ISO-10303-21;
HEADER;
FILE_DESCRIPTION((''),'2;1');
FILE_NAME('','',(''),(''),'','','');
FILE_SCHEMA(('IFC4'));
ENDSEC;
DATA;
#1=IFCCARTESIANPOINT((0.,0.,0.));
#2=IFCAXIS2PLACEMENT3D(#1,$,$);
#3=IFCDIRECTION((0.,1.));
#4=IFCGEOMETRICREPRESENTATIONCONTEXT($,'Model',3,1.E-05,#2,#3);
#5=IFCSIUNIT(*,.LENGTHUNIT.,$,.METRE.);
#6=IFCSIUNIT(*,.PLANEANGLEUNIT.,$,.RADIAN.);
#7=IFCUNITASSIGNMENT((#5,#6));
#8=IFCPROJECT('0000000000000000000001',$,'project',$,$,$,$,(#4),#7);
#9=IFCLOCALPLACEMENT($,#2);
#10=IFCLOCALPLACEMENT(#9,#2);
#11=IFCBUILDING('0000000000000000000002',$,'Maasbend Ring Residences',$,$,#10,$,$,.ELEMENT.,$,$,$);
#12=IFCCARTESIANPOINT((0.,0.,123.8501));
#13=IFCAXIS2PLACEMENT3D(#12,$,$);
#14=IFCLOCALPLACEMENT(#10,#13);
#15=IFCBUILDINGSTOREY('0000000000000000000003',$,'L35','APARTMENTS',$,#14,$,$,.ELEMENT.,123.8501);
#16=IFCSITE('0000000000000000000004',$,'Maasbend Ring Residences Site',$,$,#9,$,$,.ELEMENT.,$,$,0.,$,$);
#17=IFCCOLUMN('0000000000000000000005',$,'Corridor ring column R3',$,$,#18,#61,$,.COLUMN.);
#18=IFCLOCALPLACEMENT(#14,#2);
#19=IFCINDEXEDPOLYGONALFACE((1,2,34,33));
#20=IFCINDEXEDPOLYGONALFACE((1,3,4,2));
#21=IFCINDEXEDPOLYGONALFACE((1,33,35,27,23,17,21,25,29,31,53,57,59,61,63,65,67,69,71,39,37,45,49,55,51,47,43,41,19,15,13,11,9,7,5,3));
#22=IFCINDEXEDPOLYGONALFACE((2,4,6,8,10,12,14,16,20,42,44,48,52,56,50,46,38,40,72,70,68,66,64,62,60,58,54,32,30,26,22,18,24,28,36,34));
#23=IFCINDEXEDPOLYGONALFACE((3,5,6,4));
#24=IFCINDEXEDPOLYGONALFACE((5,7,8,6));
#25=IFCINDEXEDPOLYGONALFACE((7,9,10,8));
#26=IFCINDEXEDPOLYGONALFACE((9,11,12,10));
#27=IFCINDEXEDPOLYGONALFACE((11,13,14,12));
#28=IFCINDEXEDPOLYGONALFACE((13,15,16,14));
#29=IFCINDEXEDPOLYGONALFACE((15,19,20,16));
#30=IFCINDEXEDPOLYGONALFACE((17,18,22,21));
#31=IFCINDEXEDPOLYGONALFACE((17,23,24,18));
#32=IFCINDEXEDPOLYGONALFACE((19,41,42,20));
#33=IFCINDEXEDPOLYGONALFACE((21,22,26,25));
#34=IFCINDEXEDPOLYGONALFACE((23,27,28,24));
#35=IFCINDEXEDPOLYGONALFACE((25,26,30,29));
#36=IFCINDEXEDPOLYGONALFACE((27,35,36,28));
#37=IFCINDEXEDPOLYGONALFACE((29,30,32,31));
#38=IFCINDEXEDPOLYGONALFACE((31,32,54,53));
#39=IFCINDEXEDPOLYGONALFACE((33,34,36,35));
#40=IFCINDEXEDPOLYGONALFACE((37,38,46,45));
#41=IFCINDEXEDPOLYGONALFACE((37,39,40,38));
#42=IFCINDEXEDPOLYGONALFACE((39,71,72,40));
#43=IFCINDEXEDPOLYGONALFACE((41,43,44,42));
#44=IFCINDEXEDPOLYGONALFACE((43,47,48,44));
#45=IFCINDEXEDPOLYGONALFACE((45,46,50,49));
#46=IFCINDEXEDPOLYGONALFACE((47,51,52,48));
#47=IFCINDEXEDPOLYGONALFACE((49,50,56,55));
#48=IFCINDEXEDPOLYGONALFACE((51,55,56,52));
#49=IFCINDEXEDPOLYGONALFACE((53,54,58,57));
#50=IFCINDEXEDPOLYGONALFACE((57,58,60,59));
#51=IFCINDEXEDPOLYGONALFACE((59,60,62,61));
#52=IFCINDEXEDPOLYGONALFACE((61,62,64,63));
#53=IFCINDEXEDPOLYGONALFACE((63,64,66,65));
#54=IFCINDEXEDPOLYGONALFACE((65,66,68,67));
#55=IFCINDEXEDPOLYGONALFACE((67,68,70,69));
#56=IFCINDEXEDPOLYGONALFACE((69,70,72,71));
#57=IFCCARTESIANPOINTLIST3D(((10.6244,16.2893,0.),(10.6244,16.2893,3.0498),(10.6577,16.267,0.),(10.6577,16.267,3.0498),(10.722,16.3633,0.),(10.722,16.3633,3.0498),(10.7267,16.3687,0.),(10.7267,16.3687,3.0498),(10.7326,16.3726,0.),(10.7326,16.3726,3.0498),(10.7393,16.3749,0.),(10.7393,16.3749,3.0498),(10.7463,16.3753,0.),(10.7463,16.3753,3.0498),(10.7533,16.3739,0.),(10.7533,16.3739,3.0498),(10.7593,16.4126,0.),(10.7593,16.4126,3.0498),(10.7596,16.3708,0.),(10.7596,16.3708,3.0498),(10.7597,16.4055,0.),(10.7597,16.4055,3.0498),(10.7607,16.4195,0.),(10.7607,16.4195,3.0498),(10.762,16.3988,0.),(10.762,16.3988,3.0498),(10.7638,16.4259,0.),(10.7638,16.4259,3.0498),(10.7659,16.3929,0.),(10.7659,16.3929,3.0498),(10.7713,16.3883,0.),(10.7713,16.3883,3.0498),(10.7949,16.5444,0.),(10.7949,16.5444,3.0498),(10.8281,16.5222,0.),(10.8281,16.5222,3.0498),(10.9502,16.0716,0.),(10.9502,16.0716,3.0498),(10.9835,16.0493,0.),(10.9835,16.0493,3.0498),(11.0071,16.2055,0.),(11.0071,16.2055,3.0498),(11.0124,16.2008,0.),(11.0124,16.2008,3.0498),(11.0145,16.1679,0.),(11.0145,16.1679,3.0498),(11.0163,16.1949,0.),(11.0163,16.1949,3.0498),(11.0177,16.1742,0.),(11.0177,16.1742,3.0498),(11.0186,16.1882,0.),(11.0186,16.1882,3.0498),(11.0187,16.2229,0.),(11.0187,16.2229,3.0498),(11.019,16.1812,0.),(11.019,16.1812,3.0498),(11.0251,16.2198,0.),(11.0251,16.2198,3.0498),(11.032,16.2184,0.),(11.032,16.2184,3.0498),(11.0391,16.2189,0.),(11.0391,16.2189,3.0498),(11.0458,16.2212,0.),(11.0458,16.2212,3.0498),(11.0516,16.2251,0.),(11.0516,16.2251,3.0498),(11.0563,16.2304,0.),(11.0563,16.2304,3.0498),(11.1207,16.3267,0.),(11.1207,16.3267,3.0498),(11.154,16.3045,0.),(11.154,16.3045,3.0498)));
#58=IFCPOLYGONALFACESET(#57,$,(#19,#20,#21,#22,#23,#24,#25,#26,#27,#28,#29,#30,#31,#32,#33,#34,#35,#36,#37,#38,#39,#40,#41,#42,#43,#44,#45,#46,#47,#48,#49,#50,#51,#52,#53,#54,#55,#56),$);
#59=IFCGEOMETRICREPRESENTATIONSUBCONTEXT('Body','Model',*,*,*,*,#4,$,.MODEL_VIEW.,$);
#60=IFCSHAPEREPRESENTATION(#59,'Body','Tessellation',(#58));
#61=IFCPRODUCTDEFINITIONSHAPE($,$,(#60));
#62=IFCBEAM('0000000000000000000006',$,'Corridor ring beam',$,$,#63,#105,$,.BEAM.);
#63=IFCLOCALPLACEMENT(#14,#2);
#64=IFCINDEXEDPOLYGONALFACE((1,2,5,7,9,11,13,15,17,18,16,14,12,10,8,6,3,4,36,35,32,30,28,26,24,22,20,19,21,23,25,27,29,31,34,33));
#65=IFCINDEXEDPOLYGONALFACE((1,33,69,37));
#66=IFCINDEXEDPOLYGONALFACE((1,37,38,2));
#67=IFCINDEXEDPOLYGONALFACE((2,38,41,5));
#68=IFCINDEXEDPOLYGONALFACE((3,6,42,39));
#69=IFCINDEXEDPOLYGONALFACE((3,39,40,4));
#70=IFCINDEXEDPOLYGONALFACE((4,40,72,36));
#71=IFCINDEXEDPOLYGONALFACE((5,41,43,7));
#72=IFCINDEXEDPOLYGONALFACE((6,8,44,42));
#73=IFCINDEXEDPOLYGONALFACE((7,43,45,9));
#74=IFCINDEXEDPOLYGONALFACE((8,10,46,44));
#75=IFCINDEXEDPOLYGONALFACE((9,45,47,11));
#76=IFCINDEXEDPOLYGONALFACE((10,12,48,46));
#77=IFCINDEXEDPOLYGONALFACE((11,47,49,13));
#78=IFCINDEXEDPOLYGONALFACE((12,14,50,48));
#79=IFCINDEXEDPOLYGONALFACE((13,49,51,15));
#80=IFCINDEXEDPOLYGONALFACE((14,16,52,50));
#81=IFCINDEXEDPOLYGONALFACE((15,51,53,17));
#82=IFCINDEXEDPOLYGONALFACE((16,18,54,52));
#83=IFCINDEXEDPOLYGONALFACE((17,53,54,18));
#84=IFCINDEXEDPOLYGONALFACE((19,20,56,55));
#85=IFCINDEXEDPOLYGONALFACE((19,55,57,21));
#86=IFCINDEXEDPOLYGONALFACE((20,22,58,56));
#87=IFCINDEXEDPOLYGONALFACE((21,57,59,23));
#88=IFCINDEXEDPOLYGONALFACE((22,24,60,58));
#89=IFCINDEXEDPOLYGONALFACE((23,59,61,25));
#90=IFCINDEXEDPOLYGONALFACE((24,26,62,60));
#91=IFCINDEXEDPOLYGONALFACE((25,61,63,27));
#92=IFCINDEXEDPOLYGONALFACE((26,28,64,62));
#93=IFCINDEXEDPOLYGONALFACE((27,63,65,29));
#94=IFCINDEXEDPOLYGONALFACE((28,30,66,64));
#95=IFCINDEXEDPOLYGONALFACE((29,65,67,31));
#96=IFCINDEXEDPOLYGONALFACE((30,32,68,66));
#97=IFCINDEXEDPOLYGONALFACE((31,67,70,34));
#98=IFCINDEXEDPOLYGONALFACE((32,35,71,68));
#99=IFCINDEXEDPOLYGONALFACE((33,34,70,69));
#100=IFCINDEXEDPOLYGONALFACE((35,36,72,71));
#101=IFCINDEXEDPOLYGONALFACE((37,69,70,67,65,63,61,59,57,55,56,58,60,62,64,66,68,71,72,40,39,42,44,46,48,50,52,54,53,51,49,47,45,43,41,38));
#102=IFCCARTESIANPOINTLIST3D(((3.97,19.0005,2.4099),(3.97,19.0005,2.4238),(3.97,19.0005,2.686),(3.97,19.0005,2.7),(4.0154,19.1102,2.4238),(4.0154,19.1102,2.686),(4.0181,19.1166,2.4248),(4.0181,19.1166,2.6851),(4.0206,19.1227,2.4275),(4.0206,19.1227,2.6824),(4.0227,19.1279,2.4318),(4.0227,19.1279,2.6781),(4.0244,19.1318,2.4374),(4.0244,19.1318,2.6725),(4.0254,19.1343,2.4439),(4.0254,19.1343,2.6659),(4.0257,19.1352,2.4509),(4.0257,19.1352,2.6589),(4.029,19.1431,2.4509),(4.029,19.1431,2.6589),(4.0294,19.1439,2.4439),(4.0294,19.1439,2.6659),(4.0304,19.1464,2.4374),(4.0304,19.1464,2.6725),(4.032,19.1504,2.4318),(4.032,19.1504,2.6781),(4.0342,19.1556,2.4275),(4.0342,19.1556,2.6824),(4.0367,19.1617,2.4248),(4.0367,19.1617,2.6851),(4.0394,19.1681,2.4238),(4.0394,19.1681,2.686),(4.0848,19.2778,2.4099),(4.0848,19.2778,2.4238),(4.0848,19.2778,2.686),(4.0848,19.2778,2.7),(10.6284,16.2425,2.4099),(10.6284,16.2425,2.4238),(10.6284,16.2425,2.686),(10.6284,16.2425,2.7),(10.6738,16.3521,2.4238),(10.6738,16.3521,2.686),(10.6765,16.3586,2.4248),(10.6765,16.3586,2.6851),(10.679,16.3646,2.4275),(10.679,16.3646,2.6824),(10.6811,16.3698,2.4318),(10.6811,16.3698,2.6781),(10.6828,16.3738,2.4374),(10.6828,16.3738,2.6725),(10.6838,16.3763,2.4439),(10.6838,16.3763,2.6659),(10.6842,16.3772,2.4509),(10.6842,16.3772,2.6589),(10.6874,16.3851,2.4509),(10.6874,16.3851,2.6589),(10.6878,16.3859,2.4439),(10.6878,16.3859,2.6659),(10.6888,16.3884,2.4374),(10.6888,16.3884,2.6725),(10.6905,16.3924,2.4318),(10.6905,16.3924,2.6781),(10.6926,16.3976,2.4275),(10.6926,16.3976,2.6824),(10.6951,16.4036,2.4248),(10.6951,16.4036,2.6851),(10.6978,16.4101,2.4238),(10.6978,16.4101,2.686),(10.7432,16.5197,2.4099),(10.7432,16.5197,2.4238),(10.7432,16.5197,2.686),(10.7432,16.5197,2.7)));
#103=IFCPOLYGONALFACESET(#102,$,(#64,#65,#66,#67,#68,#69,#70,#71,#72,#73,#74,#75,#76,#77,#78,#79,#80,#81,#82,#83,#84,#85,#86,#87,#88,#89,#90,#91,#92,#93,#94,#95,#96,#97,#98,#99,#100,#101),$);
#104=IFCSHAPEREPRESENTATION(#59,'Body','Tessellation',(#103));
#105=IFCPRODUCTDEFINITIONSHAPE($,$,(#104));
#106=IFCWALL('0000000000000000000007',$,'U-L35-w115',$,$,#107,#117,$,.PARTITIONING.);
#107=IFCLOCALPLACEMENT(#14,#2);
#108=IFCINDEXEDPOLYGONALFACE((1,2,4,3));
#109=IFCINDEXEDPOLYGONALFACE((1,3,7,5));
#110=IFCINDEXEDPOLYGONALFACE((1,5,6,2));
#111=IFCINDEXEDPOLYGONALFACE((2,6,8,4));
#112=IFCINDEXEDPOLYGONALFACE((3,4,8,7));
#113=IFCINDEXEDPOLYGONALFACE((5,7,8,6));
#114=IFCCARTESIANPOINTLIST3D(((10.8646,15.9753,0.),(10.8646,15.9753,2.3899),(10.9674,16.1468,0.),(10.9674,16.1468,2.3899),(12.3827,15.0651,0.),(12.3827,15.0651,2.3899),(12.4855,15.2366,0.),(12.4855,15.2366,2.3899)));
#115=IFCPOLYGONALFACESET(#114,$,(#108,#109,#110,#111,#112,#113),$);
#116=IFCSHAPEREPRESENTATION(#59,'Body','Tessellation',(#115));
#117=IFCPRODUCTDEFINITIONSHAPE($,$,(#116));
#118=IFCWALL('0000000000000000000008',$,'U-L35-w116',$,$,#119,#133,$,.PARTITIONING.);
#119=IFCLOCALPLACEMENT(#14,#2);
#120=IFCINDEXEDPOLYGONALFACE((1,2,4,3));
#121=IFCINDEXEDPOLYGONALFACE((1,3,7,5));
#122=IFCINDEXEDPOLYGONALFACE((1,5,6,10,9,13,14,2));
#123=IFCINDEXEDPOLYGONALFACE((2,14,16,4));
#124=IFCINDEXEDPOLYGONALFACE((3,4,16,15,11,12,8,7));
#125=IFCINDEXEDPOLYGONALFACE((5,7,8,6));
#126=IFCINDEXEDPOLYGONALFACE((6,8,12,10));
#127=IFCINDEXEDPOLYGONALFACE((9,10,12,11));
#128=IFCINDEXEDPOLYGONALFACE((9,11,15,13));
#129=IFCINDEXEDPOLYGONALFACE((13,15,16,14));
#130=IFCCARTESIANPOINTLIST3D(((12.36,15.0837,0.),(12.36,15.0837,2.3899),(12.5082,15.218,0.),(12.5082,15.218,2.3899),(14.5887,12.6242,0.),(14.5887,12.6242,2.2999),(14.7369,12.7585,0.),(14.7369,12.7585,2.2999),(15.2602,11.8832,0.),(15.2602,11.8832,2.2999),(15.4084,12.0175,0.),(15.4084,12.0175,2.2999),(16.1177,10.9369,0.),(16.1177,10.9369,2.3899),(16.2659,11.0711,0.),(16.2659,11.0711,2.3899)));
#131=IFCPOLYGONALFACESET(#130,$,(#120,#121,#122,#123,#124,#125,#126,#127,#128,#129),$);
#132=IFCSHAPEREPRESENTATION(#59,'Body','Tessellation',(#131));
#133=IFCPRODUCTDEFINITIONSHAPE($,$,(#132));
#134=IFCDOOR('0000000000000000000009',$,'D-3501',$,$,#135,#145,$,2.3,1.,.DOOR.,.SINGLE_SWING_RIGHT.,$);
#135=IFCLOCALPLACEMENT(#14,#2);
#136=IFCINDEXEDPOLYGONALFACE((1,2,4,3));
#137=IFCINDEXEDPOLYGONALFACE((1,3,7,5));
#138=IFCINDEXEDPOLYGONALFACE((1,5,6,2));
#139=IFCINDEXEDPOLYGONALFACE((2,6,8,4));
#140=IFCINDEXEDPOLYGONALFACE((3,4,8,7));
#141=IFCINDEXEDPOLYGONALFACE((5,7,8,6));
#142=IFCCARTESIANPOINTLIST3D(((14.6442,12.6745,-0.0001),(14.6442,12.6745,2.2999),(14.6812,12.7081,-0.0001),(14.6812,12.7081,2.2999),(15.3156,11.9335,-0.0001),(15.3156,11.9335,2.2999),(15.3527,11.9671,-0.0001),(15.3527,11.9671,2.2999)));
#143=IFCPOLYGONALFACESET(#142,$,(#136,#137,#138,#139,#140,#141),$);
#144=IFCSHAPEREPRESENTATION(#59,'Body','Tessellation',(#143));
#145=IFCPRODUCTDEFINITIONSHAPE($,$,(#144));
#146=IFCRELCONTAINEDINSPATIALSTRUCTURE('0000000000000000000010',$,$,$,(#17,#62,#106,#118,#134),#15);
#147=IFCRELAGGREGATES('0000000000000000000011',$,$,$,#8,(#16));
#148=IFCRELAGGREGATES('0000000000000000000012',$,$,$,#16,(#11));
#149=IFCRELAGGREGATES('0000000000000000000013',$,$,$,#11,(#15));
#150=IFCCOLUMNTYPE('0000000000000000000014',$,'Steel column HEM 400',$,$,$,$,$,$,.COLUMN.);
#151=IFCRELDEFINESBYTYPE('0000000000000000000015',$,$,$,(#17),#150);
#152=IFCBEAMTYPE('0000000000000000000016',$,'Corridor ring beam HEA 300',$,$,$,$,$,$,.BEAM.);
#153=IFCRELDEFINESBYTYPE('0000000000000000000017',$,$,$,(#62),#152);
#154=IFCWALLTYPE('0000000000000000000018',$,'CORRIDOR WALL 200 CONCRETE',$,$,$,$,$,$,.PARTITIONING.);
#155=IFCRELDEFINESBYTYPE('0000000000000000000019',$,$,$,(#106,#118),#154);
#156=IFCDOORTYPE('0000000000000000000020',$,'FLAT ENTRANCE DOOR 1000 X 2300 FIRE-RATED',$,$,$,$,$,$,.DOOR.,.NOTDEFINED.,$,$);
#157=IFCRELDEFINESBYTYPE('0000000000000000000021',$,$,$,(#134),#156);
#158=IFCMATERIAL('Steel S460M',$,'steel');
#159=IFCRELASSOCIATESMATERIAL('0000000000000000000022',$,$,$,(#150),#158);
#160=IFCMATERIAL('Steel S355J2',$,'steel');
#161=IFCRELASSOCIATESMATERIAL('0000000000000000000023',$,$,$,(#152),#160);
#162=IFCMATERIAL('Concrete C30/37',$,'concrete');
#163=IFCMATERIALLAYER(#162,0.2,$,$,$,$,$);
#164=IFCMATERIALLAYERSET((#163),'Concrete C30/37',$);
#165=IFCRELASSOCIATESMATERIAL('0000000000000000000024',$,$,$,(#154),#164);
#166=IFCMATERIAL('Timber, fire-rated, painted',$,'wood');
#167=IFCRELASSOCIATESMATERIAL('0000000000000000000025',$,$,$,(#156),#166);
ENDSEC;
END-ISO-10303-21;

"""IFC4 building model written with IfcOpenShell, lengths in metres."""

from ifc_helpers import new_model, si_unit, direction, frame, frame_2d, origin, origin_2d, place, context, subcontext, project, spatial, rectangle, i_section, extrude, material, layer, layer_set, material_profile, profile_set, type_object, element, fill, save


model = new_model("IFC4")

# Units and contexts
model_context = context("Model", 3, precision=1e-05, world=origin(), true_north=direction((0.0, 1.0)))
body_context = subcontext(model_context, "Body", "Model", "MODEL_VIEW")
ifc_project = project(units=[si_unit("LENGTHUNIT", "METRE"), si_unit("PLANEANGLEUNIT", "RADIAN")], contexts=[model_context])

# Site, building, storey
site_placement = place(None, origin())
site = spatial("IfcSite", under=ifc_project, at=site_placement, Name="Maasbend Ring Residences Site", CompositionType="ELEMENT", RefElevation=0.0)
building_placement = place(site_placement, origin())
building = spatial("IfcBuilding", under=site, at=building_placement, Name="Maasbend Ring Residences", CompositionType="ELEMENT")
storey_placement = place(building_placement, frame((0.0, 0.0, 123.8501)))
storey = spatial("IfcBuildingStorey", under=building, at=storey_placement, Name="L35", Description="APARTMENTS", CompositionType="ELEMENT", Elevation=123.8501)

# Column
ifc_material_1 = material(Name="Steel S460M", Category="steel")
ifc_material_profile_1 = material_profile(ifc_material_1, i_section(OverallWidth=0.3069, OverallDepth=0.4319, WebThickness=0.021, FlangeThickness=0.04, FilletRadius=0.0271, at=origin_2d()), Name="HEM 400")
ifc_profile_set_1 = profile_set([ifc_material_profile_1], Name="Steel S460M")
column_type = type_object("IfcColumnType", Name="Steel column HEM 400", PredefinedType="COLUMN", material=ifc_profile_set_1)
column_placement = place(storey_placement, frame((10.8892, 16.2969, 0.0), z_axis=(0.0, 0.0, 1.0), x_axis=(0.55557, 0.83147, 0.0)))
element("IfcColumn", 1, at=column_placement, inside=storey, type_object=column_type, Name="Corridor ring column R3", PredefinedType="COLUMN", context=body_context, shape_type="SweptSolid", body=[
    extrude(i_section(OverallWidth=0.3069, OverallDepth=0.4319, WebThickness=0.021, FlangeThickness=0.04, FilletRadius=0.0271, at=origin_2d()), origin(), (0.0, 0.0, 1.0), 3.0498),
])

# Beam
ifc_material_2 = material(Name="Steel S355J2", Category="steel")
ifc_material_profile_2 = material_profile(ifc_material_2, i_section(OverallWidth=0.3, OverallDepth=0.29, WebThickness=0.0085, FlangeThickness=0.0139, FilletRadius=0.0271, at=origin_2d()), Name="HEA 300")
ifc_profile_set_2 = profile_set([ifc_material_profile_2], Name="Steel S355J2")
beam_type = type_object("IfcBeamType", Name="Corridor ring beam HEA 300", PredefinedType="BEAM", material=ifc_profile_set_2)
beam_placement = place(storey_placement, frame((10.6858, 16.3811, 2.5549), z_axis=(-0.923878, 0.382688, 0.0), x_axis=(-0.382688, -0.923878, 0.0)))
element("IfcBeam", 2, at=beam_placement, inside=storey, type_object=beam_type, Name="Corridor ring beam", PredefinedType="BEAM", context=body_context, shape_type="SweptSolid", body=[
    extrude(i_section(OverallWidth=0.3, OverallDepth=0.29, WebThickness=0.0085, FlangeThickness=0.0139, FilletRadius=0.0271, at=origin_2d()), origin(), (0.0, 0.0, 1.0), 7.207),
])

# Wall
ifc_material_3 = material(Name="Concrete C30/37", Category="concrete")
ifc_layer_1 = layer(ifc_material_3, 0.2)
ifc_layer_set_1 = layer_set([ifc_layer_1], Name="Concrete C30/37")
wall_type_1 = type_object("IfcWallType", Name="CORRIDOR WALL 200 CONCRETE", PredefinedType="PARTITIONING", material=ifc_layer_set_1)
wall_1_placement = place(storey_placement, frame((10.916, 16.061, 0.0), z_axis=(0.0, 0.0, 1.0), x_axis=(0.857663, -0.514212, 0.0)))
element("IfcWall", 3, at=wall_1_placement, inside=storey, type_object=wall_type_1, Name="U-L35-w115", PredefinedType="PARTITIONING", context=body_context, shape_type="SweptSolid", body=[
    extrude(rectangle(XDim=1.77, YDim=0.2, at=frame_2d((0.885, 0.0))), origin(), (0.0, 0.0, 1.0), 2.3899),
])

# Wall, opening, door
wall_2_placement = place(storey_placement, frame((12.4341, 15.1509, 0.0), z_axis=(0.0, 0.0, 1.0), x_axis=(0.671482, -0.741021, 0.0)))
wall_2 = element("IfcWall", 4, at=wall_2_placement, inside=storey, type_object=wall_type_1, Name="U-L35-w116", PredefinedType="PARTITIONING", context=body_context, shape_type="SweptSolid", body=[
    extrude(rectangle(XDim=5.5962, YDim=0.2, at=frame_2d((2.7981, 0.0))), origin(), (0.0, 0.0, 1.0), 2.3899),
])
opening_1_placement = place(wall_2_placement, frame((3.3191, 0.0, 0.0)))
opening_1 = element("IfcOpeningElement", 5, at=opening_1_placement, cuts=wall_2, PredefinedType="OPENING", context=body_context, shape_type="SweptSolid", body=[
    extrude(rectangle(XDim=1.0, YDim=2.3, at=frame_2d((0.5, 1.1499))), frame((0.0, 0.1099, 0.0), z_axis=(0.0, -1.0, 0.0), x_axis=(1.0, 0.0, 0.0)), (0.0, 0.0, 1.0), 0.22),
])
ifc_material_4 = material(Name="Timber, fire-rated, painted", Category="wood")
door_type_1 = type_object("IfcDoorType", Name="FLAT ENTRANCE DOOR 1000 X 2300 FIRE-RATED", OperationType="NOTDEFINED", PredefinedType="DOOR", material=ifc_material_4)
door_1_placement = place(opening_1_placement, origin())
door_1 = element("IfcDoor", 6, at=door_1_placement, inside=storey, type_object=door_type_1, Name="D-3501", OperationType="SINGLE_SWING_RIGHT", OverallHeight=2.3, OverallWidth=1.0, PredefinedType="DOOR", context=body_context, shape_type="SweptSolid", body=[
    extrude(rectangle(XDim=1.0, YDim=2.3, at=frame_2d((0.5, 1.1499))), frame((0.0, 0.0249, 0.0), z_axis=(0.0, -1.0, 0.0), x_axis=(1.0, 0.0, 0.0)), (0.0, 0.0, 1.0), 0.05),
])
fill(opening_1, door_1)

save(model, "model.ifc")
